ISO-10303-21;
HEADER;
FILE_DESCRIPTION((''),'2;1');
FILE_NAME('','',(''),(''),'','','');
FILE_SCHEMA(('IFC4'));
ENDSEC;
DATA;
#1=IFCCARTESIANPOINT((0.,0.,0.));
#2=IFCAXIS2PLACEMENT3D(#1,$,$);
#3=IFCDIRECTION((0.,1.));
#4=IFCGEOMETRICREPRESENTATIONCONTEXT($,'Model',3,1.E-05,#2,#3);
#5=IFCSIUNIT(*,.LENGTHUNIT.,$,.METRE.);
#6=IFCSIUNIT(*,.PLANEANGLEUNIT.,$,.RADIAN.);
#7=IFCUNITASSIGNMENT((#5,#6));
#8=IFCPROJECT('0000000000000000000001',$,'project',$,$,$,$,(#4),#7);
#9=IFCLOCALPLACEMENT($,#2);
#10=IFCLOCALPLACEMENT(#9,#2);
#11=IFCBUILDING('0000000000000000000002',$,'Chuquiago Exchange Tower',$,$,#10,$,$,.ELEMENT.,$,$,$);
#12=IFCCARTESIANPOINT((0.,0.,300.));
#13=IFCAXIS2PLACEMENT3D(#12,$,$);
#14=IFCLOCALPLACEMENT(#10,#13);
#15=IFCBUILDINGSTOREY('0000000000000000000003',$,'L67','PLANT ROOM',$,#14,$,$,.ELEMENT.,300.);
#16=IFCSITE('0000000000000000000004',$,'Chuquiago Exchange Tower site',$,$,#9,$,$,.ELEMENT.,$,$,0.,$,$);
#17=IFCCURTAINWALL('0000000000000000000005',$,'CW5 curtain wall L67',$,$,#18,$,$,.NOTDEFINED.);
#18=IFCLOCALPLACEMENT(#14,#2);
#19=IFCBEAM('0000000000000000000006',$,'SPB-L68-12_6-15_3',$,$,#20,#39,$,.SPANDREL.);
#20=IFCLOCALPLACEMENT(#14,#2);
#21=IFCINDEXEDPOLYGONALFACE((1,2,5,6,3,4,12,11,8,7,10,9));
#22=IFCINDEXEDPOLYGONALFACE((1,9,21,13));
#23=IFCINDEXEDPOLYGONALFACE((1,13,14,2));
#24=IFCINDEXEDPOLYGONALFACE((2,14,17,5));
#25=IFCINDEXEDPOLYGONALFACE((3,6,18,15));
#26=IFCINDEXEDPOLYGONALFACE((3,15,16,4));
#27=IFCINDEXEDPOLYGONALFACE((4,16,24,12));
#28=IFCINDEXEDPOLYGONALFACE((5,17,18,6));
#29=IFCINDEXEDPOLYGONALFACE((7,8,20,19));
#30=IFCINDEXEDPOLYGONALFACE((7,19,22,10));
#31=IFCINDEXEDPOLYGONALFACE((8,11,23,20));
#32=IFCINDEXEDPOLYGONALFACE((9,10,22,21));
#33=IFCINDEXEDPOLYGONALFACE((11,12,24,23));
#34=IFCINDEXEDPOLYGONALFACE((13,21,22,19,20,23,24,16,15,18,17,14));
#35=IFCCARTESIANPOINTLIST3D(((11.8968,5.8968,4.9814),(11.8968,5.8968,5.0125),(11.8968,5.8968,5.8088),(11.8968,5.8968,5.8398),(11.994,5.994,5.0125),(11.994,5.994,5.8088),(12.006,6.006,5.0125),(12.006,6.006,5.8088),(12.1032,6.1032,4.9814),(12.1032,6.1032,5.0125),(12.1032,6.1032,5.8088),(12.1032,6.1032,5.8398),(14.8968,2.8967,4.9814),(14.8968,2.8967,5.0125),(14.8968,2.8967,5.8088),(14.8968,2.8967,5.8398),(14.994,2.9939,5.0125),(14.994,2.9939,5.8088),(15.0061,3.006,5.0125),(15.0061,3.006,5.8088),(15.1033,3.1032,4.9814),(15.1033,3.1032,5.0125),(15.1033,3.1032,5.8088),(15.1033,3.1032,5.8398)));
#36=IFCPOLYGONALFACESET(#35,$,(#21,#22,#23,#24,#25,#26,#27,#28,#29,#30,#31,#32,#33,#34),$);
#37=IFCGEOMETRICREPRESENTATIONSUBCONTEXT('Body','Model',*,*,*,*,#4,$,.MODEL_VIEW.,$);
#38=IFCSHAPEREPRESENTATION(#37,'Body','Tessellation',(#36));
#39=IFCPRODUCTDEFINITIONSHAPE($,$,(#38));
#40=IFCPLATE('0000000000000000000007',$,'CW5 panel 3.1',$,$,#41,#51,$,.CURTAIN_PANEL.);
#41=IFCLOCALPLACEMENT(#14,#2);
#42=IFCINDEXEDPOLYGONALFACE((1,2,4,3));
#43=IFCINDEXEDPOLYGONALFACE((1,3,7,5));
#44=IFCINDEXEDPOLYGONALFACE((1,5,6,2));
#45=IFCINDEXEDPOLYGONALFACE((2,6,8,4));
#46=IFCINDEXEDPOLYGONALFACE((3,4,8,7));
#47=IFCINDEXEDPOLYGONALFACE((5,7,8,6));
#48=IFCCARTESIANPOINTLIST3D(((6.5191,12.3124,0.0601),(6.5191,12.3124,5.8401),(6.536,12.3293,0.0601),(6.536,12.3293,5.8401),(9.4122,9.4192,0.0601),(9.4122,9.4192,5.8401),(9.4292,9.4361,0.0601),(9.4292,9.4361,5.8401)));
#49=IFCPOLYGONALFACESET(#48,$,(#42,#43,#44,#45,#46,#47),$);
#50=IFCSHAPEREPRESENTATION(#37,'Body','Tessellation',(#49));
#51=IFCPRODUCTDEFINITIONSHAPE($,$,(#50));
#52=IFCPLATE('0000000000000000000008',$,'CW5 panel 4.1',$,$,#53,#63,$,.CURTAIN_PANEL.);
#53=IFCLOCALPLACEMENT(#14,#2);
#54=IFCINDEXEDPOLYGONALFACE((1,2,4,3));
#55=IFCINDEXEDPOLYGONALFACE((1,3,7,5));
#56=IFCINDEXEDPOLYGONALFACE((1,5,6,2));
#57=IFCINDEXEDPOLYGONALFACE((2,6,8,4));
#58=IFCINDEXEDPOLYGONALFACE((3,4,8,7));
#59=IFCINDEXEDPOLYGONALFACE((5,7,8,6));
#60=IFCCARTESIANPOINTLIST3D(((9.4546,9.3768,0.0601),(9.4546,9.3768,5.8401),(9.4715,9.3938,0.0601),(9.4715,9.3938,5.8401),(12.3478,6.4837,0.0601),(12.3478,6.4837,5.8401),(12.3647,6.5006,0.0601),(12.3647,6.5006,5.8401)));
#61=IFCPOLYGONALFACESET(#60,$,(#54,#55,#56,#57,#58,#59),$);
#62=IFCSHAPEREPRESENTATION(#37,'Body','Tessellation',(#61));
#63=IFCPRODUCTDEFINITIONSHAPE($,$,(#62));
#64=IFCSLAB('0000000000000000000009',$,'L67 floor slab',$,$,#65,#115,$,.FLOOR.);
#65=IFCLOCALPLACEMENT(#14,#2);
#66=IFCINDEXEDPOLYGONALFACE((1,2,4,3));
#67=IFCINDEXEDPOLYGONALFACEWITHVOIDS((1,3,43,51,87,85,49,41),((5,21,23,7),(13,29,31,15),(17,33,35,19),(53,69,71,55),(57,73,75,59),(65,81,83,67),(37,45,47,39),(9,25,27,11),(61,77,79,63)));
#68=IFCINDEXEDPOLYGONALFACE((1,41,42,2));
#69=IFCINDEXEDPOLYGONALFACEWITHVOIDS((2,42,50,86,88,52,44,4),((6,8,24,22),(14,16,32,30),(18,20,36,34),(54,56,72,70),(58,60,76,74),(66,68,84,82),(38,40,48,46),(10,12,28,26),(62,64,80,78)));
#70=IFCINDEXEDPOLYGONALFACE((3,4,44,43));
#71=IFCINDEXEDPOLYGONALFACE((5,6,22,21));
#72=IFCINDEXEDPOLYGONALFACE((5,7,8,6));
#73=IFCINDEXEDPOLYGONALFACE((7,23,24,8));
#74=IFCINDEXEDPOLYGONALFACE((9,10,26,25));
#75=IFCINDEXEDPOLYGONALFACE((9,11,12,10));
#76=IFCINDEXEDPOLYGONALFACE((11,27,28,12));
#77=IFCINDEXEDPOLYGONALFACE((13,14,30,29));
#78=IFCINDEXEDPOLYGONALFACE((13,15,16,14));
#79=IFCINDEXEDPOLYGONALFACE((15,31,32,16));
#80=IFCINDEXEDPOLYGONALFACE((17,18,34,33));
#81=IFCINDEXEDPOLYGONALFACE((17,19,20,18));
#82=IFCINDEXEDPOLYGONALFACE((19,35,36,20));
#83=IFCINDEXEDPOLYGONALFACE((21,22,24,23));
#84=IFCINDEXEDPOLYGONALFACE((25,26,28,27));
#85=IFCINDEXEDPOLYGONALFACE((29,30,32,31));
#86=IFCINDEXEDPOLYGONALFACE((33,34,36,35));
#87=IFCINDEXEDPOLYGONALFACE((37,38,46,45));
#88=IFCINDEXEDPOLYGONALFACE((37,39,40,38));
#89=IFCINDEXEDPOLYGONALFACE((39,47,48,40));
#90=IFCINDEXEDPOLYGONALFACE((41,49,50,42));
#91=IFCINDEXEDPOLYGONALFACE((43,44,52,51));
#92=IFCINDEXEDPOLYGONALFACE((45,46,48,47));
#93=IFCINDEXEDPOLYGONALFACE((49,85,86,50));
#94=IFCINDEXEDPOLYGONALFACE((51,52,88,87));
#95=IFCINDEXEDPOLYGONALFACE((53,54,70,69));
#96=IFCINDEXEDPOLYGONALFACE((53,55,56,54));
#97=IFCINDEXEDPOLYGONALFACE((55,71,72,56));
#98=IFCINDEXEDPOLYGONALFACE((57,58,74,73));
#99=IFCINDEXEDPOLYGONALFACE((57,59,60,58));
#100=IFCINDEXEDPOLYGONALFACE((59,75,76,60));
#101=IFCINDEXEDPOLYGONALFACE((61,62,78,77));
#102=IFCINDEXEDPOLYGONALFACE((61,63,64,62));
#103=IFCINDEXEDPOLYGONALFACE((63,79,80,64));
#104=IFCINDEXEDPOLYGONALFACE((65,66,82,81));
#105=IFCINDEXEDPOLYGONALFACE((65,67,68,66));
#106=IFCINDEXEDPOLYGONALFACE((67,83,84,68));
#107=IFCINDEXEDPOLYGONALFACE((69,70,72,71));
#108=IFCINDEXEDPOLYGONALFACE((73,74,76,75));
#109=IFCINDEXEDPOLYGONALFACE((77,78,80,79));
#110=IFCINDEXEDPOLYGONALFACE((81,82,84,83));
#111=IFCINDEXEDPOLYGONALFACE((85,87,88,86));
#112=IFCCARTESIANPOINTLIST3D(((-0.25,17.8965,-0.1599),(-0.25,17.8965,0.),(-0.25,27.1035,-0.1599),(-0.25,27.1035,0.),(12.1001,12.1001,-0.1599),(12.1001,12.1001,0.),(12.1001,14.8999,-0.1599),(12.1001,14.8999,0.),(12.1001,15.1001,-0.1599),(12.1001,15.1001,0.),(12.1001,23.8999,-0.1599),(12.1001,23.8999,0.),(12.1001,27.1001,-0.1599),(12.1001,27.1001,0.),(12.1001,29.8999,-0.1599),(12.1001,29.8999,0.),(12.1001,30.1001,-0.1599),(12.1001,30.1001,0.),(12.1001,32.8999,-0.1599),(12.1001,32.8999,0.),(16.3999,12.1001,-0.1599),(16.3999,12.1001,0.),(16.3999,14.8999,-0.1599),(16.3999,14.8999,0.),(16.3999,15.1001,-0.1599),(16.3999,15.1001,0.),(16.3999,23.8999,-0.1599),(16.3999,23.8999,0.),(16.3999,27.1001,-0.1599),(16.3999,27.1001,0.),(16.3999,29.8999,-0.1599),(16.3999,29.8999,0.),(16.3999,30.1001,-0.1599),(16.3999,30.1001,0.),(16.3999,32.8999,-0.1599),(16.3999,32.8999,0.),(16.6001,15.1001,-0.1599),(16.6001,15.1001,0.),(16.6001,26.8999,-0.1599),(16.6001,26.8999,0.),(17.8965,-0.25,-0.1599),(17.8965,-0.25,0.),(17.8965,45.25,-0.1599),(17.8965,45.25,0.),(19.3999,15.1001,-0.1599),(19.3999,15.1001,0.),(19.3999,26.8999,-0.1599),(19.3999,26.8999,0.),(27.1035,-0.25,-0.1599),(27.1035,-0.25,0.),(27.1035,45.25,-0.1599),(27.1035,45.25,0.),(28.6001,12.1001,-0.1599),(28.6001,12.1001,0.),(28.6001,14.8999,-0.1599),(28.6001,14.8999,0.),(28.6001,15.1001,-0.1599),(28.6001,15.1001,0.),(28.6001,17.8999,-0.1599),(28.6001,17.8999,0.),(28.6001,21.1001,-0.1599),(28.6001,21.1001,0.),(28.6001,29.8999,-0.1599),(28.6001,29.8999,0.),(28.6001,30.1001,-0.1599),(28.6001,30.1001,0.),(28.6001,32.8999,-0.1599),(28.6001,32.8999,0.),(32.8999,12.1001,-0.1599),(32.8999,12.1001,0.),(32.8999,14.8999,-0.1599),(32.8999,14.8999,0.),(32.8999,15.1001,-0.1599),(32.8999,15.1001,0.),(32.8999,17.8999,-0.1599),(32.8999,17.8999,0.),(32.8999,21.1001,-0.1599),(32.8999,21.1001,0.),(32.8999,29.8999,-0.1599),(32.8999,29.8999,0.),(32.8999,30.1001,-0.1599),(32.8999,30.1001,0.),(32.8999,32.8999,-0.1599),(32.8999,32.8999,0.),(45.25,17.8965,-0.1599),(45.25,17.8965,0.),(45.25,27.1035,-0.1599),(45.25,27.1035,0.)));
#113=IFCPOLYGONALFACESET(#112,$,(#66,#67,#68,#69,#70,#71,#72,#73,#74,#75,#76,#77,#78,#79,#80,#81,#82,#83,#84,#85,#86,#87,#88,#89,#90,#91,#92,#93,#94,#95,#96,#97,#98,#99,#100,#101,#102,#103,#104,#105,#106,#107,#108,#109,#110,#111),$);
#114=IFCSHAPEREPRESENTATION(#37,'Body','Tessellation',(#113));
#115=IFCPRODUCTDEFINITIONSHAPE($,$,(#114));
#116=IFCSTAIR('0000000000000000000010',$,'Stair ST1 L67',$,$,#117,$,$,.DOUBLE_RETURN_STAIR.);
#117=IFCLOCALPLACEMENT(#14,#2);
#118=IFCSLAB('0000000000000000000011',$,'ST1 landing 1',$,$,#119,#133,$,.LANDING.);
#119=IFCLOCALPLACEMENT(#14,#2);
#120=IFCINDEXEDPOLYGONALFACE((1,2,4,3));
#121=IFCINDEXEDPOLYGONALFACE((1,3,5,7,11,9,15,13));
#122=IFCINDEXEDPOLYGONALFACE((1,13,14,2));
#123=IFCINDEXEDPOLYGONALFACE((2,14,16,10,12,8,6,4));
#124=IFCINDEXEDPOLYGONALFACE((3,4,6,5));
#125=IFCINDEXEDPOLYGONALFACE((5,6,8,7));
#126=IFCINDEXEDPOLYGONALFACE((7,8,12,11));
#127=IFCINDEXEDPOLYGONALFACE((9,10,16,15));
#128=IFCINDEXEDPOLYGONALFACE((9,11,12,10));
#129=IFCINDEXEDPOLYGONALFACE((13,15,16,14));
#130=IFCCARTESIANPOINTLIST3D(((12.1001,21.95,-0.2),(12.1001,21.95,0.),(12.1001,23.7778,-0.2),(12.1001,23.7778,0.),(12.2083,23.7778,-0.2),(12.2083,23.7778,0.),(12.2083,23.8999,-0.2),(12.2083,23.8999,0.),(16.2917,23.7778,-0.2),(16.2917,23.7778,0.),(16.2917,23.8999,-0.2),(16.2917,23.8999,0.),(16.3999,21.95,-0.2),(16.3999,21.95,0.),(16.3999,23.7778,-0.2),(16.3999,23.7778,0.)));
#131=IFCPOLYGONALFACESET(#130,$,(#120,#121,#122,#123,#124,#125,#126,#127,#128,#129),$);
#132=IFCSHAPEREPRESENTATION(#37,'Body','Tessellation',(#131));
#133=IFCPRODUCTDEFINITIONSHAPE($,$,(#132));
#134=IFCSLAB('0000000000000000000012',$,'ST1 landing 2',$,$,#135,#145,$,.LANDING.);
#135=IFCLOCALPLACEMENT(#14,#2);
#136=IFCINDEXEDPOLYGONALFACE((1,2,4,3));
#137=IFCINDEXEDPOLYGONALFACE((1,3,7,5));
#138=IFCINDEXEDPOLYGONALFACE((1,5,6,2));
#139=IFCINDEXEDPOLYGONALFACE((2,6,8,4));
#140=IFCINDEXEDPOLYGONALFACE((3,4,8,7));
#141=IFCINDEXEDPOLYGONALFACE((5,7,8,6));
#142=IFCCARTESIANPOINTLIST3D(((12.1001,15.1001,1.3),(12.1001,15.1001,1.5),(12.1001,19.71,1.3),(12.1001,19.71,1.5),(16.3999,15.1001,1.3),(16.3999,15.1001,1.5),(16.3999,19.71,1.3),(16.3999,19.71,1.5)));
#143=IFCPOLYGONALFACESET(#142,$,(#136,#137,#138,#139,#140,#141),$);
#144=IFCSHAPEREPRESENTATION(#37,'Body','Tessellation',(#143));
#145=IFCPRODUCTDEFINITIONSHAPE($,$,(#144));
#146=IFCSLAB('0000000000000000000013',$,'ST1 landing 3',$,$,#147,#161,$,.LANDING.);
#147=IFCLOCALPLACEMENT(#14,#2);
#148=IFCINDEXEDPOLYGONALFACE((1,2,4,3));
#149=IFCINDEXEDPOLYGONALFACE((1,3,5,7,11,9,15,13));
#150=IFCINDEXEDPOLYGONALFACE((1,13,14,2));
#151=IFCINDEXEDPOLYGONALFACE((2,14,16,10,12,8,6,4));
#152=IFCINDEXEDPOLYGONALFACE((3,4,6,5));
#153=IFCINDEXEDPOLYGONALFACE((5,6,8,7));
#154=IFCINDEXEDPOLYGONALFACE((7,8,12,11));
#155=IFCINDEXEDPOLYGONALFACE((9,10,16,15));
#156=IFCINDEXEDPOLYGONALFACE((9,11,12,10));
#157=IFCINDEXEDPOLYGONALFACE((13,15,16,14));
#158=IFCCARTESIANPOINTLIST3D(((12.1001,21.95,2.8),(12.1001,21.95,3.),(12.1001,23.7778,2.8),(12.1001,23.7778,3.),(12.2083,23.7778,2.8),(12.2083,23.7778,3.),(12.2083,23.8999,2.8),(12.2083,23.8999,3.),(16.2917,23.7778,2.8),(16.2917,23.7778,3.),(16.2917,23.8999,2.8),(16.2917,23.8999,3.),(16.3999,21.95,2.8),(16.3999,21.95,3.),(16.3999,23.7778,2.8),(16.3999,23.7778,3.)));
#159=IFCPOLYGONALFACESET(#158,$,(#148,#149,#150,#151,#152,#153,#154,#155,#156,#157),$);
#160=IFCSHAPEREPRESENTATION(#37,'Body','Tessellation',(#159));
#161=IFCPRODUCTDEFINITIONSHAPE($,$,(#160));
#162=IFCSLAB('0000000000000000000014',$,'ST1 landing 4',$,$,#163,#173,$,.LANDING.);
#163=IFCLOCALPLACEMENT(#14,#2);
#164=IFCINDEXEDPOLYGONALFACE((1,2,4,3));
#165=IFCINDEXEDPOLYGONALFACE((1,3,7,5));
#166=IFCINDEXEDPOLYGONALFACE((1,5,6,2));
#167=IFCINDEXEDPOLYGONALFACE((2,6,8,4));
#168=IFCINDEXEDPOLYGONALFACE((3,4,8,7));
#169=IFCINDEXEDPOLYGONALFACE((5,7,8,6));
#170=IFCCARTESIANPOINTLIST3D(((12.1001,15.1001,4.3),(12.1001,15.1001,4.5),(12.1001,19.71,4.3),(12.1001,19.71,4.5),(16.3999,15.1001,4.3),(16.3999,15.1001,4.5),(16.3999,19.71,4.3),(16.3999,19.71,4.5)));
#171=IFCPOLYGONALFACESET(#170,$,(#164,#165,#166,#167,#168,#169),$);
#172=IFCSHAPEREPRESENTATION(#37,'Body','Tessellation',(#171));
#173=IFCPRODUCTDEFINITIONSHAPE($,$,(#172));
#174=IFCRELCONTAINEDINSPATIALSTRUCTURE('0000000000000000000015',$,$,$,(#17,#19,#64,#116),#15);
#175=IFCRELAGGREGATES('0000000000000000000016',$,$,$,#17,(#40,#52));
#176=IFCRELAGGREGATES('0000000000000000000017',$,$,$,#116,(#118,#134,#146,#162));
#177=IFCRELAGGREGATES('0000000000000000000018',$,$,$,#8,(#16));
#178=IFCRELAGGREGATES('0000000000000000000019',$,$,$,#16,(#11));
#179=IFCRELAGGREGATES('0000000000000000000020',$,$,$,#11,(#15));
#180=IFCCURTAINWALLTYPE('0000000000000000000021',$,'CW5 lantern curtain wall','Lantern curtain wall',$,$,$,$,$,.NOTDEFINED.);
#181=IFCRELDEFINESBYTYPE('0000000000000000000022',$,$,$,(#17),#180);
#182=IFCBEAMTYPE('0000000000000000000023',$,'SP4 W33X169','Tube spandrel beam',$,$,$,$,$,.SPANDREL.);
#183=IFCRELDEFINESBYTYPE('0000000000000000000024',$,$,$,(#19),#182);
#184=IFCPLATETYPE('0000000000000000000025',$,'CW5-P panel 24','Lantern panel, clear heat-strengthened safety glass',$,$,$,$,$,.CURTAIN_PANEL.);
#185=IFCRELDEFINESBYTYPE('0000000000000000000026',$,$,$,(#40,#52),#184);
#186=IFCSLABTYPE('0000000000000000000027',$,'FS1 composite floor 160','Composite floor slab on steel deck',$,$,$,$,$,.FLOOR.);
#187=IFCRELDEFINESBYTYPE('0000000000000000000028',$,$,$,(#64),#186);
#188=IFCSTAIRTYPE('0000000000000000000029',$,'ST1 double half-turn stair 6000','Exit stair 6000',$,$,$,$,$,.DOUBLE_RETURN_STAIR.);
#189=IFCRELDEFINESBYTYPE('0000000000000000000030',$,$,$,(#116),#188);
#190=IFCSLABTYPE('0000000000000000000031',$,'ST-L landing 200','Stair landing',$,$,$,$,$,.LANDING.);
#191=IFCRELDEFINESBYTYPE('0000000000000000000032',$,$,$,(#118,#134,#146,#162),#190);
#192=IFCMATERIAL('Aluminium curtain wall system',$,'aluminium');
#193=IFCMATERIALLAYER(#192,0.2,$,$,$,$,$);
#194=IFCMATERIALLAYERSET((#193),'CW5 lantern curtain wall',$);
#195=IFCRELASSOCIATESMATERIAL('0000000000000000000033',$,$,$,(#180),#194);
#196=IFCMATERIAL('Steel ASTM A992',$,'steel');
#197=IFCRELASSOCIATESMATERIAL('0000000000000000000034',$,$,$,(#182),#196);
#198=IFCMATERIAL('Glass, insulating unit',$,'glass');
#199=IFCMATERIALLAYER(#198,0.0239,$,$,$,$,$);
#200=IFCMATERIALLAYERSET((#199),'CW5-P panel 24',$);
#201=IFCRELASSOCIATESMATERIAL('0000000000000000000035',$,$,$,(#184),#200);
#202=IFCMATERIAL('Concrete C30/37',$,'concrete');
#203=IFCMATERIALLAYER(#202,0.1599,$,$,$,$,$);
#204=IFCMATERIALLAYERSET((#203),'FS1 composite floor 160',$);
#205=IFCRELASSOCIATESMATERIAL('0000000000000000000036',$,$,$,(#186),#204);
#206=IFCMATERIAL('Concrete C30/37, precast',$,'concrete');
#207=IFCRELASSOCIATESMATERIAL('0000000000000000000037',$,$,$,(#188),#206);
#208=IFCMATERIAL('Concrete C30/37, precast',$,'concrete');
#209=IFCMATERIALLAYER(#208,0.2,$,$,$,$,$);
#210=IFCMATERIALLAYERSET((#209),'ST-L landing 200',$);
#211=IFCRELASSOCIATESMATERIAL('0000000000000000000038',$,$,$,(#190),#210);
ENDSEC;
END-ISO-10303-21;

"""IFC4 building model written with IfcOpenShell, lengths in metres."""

from ifc_helpers import new_model, si_unit, direction, frame, origin, origin_2d, place, context, subcontext, project, spatial, polyline, rectangle, i_section, outline, extrude, material, layer, layer_set, material_profile, profile_set, type_object, element, aggregate, save


model = new_model("IFC4")

# Units and contexts
model_context = context("Model", 3, precision=1e-05, world=origin(), true_north=direction((0.0, 1.0)))
body_context = subcontext(model_context, "Body", "Model", "MODEL_VIEW")
ifc_project = project(units=[si_unit("LENGTHUNIT", "METRE"), si_unit("PLANEANGLEUNIT", "RADIAN")], contexts=[model_context])

# Site, building, storey
site_placement = place(None, origin())
site = spatial("IfcSite", under=ifc_project, at=site_placement, Name="Chuquiago Exchange Tower site", CompositionType="ELEMENT", RefElevation=0.0)
building_placement = place(site_placement, origin())
building = spatial("IfcBuilding", under=site, at=building_placement, Name="Chuquiago Exchange Tower", CompositionType="ELEMENT")
storey_placement = place(building_placement, frame((0.0, 0.0, 300.0)))
storey = spatial("IfcBuildingStorey", under=building, at=storey_placement, Name="L67", Description="PLANT ROOM", CompositionType="ELEMENT", Elevation=300.0)

# Curtain wall
ifc_material_1 = material(Name="Aluminium curtain wall system", Category="aluminium")
ifc_layer_1 = layer(ifc_material_1, 0.2)
ifc_layer_set_1 = layer_set([ifc_layer_1], Name="CW5 lantern curtain wall")
curtain_wall_type = type_object("IfcCurtainWallType", Name="CW5 lantern curtain wall", Description="Lantern curtain wall", PredefinedType="NOTDEFINED", material=ifc_layer_set_1)
curtain_wall_placement = place(storey_placement, origin())
curtain_wall = element("IfcCurtainWall", 1, at=curtain_wall_placement, inside=storey, type_object=curtain_wall_type, Name="CW5 curtain wall L67", PredefinedType="NOTDEFINED")

# Beam
ifc_material_2 = material(Name="Steel ASTM A992", Category="steel")
ifc_material_profile_1 = material_profile(ifc_material_2, i_section(OverallWidth=0.292, OverallDepth=0.8584, WebThickness=0.0171, FlangeThickness=0.031, at=origin_2d()), Name="W33X169")
ifc_profile_set_1 = profile_set([ifc_material_profile_1], Name="Steel ASTM A992")
beam_type_1 = type_object("IfcBeamType", Name="SP4 W33X169", Description="Tube spandrel beam", PredefinedType="SPANDREL", material=ifc_profile_set_1)
for number, where, z_axis, x_axis, name in (
    (2, (12.0, 6.0, 5.4106), (0.707107, -0.707107, 0.0), (0.707107, 0.707107, 0.0), "SPB-L68-12_6-15_3"),
):
    element("IfcBeam", number, at=place(storey_placement, frame(where, z_axis=z_axis, x_axis=x_axis)), inside=storey, type_object=beam_type_1, Name=name, PredefinedType="SPANDREL", context=body_context, shape_type="SweptSolid", body=[
        extrude(i_section(OverallWidth=0.292, OverallDepth=0.8584, WebThickness=0.0171, FlangeThickness=0.031, at=origin_2d()), origin(), (0.0, 0.0, 1.0), 4.2427),
    ])

# Plates
ifc_material_3 = material(Name="Glass, insulating unit", Category="glass")
ifc_layer_2 = layer(ifc_material_3, 0.0239)
ifc_layer_set_2 = layer_set([ifc_layer_2], Name="CW5-P panel 24")
plate_type = type_object("IfcPlateType", Name="CW5-P panel 24", Description="Lantern panel, clear heat-strengthened safety glass", PredefinedType="CURTAIN_PANEL", material=ifc_layer_set_2)
plate_1_placement = place(storey_placement, frame((7.9741, 10.8743, 0.0601), z_axis=(0.0, 0.0, 1.0), x_axis=(0.707105, -0.707109, 0.0)))
plate_1 = element("IfcPlate", 3, at=plate_1_placement, type_object=plate_type, Name="CW5 panel 3.1", PredefinedType="CURTAIN_PANEL", context=body_context, shape_type="SweptSolid", body=[
    extrude(rectangle(XDim=4.0916, YDim=0.0239, at=origin_2d()), origin(), (0.0, 0.0, 1.0), 5.78),
])
plate_2_placement = place(storey_placement, frame((10.9097, 7.9387, 0.0601), z_axis=(0.0, 0.0, 1.0), x_axis=(0.707105, -0.707109, 0.0)))
plate_2 = element("IfcPlate", 4, at=plate_2_placement, type_object=plate_type, Name="CW5 panel 4.1", PredefinedType="CURTAIN_PANEL", context=body_context, shape_type="SweptSolid", body=[
    extrude(rectangle(XDim=4.0916, YDim=0.0239, at=origin_2d()), origin(), (0.0, 0.0, 1.0), 5.78),
])
aggregate(curtain_wall, [plate_1, plate_2])

# Slab
ifc_material_4 = material(Name="Concrete C30/37", Category="concrete")
ifc_layer_3 = layer(ifc_material_4, 0.1599)
ifc_layer_set_3 = layer_set([ifc_layer_3], Name="FS1 composite floor 160")
slab_type_1 = type_object("IfcSlabType", Name="FS1 composite floor 160", Description="Composite floor slab on steel deck", PredefinedType="FLOOR", material=ifc_layer_set_3)
slab_1_placement = place(storey_placement, frame((0.0, 0.0, -0.1599)))
element("IfcSlab", 5, at=slab_1_placement, inside=storey, type_object=slab_type_1, Name="L67 floor slab", PredefinedType="FLOOR", context=body_context, shape_type="SweptSolid", body=[
    extrude(outline(polyline([(17.8965, -0.25), (-0.25, 17.8965), (-0.25, 27.1035), (17.8965, 45.25), (27.1035, 45.25), (45.25, 27.1035), (45.25, 17.8965), (27.1035, -0.25), (17.8965, -0.25)]), holes=[polyline([(16.3999, 15.1001), (12.1001, 15.1001), (12.1001, 23.8999), (16.3999, 23.8999), (16.3999, 15.1001)]), polyline([(32.8999, 21.1001), (28.6001, 21.1001), (28.6001, 29.8999), (32.8999, 29.8999), (32.8999, 21.1001)]), polyline([(16.3999, 12.1001), (12.1001, 12.1001), (12.1001, 14.8999), (16.3999, 14.8999), (16.3999, 12.1001)]), polyline([(16.3999, 30.1001), (12.1001, 30.1001), (12.1001, 32.8999), (16.3999, 32.8999), (16.3999, 30.1001)]), polyline([(32.8999, 12.1001), (28.6001, 12.1001), (28.6001, 14.8999), (32.8999, 14.8999), (32.8999, 12.1001)]), polyline([(32.8999, 30.1001), (28.6001, 30.1001), (28.6001, 32.8999), (32.8999, 32.8999), (32.8999, 30.1001)]), polyline([(16.3999, 27.1001), (12.1001, 27.1001), (12.1001, 29.8999), (16.3999, 29.8999), (16.3999, 27.1001)]), polyline([(32.8999, 15.1001), (28.6001, 15.1001), (28.6001, 17.8999), (32.8999, 17.8999), (32.8999, 15.1001)]), polyline([(19.3999, 15.1001), (16.6001, 15.1001), (16.6001, 26.8999), (19.3999, 26.8999), (19.3999, 15.1001)])]), origin(), (0.0, 0.0, 1.0), 0.1599),
])

# Stair, slabs
ifc_material_5 = material(Name="Concrete C30/37, precast", Category="concrete")
stair_type_1 = type_object("IfcStairType", Name="ST1 double half-turn stair 6000", Description="Exit stair 6000", PredefinedType="DOUBLE_RETURN_STAIR", material=ifc_material_5)
stair_1_placement = place(storey_placement, origin())
stair_1 = element("IfcStair", 6, at=stair_1_placement, inside=storey, type_object=stair_type_1, Name="Stair ST1 L67", PredefinedType="DOUBLE_RETURN_STAIR")
ifc_material_6 = material(Name="Concrete C30/37, precast", Category="concrete")
ifc_layer_4 = layer(ifc_material_6, 0.2)
ifc_layer_set_4 = layer_set([ifc_layer_4], Name="ST-L landing 200")
slab_type_2 = type_object("IfcSlabType", Name="ST-L landing 200", Description="Stair landing", PredefinedType="LANDING", material=ifc_layer_set_4)
slab_2_placement = place(storey_placement, frame((0.0, 0.0, -0.2)))
slab_2 = element("IfcSlab", 7, at=slab_2_placement, type_object=slab_type_2, Name="ST1 landing 1", PredefinedType="LANDING", context=body_context, shape_type="SweptSolid", body=[
    extrude(outline(polyline([(12.2083, 23.8999), (16.2917, 23.8999), (16.2917, 23.7778), (16.3999, 23.7778), (16.3999, 21.95), (12.1001, 21.95), (12.1001, 23.7778), (12.2083, 23.7778), (12.2083, 23.8999)])), origin(), (0.0, 0.0, 1.0), 0.2),
])
slab_3_placement = place(storey_placement, frame((0.0, 0.0, 1.3)))
slab_3 = element("IfcSlab", 8, at=slab_3_placement, type_object=slab_type_2, Name="ST1 landing 2", PredefinedType="LANDING", context=body_context, shape_type="SweptSolid", body=[
    extrude(outline(polyline([(12.1001, 19.71), (16.3999, 19.71), (16.3999, 15.1001), (12.1001, 15.1001), (12.1001, 19.71)])), origin(), (0.0, 0.0, 1.0), 0.2),
])
slab_4_placement = place(storey_placement, frame((0.0, 0.0, 2.8)))
slab_4 = element("IfcSlab", 9, at=slab_4_placement, type_object=slab_type_2, Name="ST1 landing 3", PredefinedType="LANDING", context=body_context, shape_type="SweptSolid", body=[
    extrude(outline(polyline([(12.2083, 23.8999), (16.2917, 23.8999), (16.2917, 23.7778), (16.3999, 23.7778), (16.3999, 21.95), (12.1001, 21.95), (12.1001, 23.7778), (12.2083, 23.7778), (12.2083, 23.8999)])), origin(), (0.0, 0.0, 1.0), 0.2),
])
slab_5_placement = place(storey_placement, frame((0.0, 0.0, 4.3)))
slab_5 = element("IfcSlab", 10, at=slab_5_placement, type_object=slab_type_2, Name="ST1 landing 4", PredefinedType="LANDING", context=body_context, shape_type="SweptSolid", body=[
    extrude(outline(polyline([(12.1001, 19.71), (16.3999, 19.71), (16.3999, 15.1001), (12.1001, 15.1001), (12.1001, 19.71)])), origin(), (0.0, 0.0, 1.0), 0.2),
])
aggregate(stair_1, [slab_2, slab_3, slab_4, slab_5])

save(model, "model.ifc")
